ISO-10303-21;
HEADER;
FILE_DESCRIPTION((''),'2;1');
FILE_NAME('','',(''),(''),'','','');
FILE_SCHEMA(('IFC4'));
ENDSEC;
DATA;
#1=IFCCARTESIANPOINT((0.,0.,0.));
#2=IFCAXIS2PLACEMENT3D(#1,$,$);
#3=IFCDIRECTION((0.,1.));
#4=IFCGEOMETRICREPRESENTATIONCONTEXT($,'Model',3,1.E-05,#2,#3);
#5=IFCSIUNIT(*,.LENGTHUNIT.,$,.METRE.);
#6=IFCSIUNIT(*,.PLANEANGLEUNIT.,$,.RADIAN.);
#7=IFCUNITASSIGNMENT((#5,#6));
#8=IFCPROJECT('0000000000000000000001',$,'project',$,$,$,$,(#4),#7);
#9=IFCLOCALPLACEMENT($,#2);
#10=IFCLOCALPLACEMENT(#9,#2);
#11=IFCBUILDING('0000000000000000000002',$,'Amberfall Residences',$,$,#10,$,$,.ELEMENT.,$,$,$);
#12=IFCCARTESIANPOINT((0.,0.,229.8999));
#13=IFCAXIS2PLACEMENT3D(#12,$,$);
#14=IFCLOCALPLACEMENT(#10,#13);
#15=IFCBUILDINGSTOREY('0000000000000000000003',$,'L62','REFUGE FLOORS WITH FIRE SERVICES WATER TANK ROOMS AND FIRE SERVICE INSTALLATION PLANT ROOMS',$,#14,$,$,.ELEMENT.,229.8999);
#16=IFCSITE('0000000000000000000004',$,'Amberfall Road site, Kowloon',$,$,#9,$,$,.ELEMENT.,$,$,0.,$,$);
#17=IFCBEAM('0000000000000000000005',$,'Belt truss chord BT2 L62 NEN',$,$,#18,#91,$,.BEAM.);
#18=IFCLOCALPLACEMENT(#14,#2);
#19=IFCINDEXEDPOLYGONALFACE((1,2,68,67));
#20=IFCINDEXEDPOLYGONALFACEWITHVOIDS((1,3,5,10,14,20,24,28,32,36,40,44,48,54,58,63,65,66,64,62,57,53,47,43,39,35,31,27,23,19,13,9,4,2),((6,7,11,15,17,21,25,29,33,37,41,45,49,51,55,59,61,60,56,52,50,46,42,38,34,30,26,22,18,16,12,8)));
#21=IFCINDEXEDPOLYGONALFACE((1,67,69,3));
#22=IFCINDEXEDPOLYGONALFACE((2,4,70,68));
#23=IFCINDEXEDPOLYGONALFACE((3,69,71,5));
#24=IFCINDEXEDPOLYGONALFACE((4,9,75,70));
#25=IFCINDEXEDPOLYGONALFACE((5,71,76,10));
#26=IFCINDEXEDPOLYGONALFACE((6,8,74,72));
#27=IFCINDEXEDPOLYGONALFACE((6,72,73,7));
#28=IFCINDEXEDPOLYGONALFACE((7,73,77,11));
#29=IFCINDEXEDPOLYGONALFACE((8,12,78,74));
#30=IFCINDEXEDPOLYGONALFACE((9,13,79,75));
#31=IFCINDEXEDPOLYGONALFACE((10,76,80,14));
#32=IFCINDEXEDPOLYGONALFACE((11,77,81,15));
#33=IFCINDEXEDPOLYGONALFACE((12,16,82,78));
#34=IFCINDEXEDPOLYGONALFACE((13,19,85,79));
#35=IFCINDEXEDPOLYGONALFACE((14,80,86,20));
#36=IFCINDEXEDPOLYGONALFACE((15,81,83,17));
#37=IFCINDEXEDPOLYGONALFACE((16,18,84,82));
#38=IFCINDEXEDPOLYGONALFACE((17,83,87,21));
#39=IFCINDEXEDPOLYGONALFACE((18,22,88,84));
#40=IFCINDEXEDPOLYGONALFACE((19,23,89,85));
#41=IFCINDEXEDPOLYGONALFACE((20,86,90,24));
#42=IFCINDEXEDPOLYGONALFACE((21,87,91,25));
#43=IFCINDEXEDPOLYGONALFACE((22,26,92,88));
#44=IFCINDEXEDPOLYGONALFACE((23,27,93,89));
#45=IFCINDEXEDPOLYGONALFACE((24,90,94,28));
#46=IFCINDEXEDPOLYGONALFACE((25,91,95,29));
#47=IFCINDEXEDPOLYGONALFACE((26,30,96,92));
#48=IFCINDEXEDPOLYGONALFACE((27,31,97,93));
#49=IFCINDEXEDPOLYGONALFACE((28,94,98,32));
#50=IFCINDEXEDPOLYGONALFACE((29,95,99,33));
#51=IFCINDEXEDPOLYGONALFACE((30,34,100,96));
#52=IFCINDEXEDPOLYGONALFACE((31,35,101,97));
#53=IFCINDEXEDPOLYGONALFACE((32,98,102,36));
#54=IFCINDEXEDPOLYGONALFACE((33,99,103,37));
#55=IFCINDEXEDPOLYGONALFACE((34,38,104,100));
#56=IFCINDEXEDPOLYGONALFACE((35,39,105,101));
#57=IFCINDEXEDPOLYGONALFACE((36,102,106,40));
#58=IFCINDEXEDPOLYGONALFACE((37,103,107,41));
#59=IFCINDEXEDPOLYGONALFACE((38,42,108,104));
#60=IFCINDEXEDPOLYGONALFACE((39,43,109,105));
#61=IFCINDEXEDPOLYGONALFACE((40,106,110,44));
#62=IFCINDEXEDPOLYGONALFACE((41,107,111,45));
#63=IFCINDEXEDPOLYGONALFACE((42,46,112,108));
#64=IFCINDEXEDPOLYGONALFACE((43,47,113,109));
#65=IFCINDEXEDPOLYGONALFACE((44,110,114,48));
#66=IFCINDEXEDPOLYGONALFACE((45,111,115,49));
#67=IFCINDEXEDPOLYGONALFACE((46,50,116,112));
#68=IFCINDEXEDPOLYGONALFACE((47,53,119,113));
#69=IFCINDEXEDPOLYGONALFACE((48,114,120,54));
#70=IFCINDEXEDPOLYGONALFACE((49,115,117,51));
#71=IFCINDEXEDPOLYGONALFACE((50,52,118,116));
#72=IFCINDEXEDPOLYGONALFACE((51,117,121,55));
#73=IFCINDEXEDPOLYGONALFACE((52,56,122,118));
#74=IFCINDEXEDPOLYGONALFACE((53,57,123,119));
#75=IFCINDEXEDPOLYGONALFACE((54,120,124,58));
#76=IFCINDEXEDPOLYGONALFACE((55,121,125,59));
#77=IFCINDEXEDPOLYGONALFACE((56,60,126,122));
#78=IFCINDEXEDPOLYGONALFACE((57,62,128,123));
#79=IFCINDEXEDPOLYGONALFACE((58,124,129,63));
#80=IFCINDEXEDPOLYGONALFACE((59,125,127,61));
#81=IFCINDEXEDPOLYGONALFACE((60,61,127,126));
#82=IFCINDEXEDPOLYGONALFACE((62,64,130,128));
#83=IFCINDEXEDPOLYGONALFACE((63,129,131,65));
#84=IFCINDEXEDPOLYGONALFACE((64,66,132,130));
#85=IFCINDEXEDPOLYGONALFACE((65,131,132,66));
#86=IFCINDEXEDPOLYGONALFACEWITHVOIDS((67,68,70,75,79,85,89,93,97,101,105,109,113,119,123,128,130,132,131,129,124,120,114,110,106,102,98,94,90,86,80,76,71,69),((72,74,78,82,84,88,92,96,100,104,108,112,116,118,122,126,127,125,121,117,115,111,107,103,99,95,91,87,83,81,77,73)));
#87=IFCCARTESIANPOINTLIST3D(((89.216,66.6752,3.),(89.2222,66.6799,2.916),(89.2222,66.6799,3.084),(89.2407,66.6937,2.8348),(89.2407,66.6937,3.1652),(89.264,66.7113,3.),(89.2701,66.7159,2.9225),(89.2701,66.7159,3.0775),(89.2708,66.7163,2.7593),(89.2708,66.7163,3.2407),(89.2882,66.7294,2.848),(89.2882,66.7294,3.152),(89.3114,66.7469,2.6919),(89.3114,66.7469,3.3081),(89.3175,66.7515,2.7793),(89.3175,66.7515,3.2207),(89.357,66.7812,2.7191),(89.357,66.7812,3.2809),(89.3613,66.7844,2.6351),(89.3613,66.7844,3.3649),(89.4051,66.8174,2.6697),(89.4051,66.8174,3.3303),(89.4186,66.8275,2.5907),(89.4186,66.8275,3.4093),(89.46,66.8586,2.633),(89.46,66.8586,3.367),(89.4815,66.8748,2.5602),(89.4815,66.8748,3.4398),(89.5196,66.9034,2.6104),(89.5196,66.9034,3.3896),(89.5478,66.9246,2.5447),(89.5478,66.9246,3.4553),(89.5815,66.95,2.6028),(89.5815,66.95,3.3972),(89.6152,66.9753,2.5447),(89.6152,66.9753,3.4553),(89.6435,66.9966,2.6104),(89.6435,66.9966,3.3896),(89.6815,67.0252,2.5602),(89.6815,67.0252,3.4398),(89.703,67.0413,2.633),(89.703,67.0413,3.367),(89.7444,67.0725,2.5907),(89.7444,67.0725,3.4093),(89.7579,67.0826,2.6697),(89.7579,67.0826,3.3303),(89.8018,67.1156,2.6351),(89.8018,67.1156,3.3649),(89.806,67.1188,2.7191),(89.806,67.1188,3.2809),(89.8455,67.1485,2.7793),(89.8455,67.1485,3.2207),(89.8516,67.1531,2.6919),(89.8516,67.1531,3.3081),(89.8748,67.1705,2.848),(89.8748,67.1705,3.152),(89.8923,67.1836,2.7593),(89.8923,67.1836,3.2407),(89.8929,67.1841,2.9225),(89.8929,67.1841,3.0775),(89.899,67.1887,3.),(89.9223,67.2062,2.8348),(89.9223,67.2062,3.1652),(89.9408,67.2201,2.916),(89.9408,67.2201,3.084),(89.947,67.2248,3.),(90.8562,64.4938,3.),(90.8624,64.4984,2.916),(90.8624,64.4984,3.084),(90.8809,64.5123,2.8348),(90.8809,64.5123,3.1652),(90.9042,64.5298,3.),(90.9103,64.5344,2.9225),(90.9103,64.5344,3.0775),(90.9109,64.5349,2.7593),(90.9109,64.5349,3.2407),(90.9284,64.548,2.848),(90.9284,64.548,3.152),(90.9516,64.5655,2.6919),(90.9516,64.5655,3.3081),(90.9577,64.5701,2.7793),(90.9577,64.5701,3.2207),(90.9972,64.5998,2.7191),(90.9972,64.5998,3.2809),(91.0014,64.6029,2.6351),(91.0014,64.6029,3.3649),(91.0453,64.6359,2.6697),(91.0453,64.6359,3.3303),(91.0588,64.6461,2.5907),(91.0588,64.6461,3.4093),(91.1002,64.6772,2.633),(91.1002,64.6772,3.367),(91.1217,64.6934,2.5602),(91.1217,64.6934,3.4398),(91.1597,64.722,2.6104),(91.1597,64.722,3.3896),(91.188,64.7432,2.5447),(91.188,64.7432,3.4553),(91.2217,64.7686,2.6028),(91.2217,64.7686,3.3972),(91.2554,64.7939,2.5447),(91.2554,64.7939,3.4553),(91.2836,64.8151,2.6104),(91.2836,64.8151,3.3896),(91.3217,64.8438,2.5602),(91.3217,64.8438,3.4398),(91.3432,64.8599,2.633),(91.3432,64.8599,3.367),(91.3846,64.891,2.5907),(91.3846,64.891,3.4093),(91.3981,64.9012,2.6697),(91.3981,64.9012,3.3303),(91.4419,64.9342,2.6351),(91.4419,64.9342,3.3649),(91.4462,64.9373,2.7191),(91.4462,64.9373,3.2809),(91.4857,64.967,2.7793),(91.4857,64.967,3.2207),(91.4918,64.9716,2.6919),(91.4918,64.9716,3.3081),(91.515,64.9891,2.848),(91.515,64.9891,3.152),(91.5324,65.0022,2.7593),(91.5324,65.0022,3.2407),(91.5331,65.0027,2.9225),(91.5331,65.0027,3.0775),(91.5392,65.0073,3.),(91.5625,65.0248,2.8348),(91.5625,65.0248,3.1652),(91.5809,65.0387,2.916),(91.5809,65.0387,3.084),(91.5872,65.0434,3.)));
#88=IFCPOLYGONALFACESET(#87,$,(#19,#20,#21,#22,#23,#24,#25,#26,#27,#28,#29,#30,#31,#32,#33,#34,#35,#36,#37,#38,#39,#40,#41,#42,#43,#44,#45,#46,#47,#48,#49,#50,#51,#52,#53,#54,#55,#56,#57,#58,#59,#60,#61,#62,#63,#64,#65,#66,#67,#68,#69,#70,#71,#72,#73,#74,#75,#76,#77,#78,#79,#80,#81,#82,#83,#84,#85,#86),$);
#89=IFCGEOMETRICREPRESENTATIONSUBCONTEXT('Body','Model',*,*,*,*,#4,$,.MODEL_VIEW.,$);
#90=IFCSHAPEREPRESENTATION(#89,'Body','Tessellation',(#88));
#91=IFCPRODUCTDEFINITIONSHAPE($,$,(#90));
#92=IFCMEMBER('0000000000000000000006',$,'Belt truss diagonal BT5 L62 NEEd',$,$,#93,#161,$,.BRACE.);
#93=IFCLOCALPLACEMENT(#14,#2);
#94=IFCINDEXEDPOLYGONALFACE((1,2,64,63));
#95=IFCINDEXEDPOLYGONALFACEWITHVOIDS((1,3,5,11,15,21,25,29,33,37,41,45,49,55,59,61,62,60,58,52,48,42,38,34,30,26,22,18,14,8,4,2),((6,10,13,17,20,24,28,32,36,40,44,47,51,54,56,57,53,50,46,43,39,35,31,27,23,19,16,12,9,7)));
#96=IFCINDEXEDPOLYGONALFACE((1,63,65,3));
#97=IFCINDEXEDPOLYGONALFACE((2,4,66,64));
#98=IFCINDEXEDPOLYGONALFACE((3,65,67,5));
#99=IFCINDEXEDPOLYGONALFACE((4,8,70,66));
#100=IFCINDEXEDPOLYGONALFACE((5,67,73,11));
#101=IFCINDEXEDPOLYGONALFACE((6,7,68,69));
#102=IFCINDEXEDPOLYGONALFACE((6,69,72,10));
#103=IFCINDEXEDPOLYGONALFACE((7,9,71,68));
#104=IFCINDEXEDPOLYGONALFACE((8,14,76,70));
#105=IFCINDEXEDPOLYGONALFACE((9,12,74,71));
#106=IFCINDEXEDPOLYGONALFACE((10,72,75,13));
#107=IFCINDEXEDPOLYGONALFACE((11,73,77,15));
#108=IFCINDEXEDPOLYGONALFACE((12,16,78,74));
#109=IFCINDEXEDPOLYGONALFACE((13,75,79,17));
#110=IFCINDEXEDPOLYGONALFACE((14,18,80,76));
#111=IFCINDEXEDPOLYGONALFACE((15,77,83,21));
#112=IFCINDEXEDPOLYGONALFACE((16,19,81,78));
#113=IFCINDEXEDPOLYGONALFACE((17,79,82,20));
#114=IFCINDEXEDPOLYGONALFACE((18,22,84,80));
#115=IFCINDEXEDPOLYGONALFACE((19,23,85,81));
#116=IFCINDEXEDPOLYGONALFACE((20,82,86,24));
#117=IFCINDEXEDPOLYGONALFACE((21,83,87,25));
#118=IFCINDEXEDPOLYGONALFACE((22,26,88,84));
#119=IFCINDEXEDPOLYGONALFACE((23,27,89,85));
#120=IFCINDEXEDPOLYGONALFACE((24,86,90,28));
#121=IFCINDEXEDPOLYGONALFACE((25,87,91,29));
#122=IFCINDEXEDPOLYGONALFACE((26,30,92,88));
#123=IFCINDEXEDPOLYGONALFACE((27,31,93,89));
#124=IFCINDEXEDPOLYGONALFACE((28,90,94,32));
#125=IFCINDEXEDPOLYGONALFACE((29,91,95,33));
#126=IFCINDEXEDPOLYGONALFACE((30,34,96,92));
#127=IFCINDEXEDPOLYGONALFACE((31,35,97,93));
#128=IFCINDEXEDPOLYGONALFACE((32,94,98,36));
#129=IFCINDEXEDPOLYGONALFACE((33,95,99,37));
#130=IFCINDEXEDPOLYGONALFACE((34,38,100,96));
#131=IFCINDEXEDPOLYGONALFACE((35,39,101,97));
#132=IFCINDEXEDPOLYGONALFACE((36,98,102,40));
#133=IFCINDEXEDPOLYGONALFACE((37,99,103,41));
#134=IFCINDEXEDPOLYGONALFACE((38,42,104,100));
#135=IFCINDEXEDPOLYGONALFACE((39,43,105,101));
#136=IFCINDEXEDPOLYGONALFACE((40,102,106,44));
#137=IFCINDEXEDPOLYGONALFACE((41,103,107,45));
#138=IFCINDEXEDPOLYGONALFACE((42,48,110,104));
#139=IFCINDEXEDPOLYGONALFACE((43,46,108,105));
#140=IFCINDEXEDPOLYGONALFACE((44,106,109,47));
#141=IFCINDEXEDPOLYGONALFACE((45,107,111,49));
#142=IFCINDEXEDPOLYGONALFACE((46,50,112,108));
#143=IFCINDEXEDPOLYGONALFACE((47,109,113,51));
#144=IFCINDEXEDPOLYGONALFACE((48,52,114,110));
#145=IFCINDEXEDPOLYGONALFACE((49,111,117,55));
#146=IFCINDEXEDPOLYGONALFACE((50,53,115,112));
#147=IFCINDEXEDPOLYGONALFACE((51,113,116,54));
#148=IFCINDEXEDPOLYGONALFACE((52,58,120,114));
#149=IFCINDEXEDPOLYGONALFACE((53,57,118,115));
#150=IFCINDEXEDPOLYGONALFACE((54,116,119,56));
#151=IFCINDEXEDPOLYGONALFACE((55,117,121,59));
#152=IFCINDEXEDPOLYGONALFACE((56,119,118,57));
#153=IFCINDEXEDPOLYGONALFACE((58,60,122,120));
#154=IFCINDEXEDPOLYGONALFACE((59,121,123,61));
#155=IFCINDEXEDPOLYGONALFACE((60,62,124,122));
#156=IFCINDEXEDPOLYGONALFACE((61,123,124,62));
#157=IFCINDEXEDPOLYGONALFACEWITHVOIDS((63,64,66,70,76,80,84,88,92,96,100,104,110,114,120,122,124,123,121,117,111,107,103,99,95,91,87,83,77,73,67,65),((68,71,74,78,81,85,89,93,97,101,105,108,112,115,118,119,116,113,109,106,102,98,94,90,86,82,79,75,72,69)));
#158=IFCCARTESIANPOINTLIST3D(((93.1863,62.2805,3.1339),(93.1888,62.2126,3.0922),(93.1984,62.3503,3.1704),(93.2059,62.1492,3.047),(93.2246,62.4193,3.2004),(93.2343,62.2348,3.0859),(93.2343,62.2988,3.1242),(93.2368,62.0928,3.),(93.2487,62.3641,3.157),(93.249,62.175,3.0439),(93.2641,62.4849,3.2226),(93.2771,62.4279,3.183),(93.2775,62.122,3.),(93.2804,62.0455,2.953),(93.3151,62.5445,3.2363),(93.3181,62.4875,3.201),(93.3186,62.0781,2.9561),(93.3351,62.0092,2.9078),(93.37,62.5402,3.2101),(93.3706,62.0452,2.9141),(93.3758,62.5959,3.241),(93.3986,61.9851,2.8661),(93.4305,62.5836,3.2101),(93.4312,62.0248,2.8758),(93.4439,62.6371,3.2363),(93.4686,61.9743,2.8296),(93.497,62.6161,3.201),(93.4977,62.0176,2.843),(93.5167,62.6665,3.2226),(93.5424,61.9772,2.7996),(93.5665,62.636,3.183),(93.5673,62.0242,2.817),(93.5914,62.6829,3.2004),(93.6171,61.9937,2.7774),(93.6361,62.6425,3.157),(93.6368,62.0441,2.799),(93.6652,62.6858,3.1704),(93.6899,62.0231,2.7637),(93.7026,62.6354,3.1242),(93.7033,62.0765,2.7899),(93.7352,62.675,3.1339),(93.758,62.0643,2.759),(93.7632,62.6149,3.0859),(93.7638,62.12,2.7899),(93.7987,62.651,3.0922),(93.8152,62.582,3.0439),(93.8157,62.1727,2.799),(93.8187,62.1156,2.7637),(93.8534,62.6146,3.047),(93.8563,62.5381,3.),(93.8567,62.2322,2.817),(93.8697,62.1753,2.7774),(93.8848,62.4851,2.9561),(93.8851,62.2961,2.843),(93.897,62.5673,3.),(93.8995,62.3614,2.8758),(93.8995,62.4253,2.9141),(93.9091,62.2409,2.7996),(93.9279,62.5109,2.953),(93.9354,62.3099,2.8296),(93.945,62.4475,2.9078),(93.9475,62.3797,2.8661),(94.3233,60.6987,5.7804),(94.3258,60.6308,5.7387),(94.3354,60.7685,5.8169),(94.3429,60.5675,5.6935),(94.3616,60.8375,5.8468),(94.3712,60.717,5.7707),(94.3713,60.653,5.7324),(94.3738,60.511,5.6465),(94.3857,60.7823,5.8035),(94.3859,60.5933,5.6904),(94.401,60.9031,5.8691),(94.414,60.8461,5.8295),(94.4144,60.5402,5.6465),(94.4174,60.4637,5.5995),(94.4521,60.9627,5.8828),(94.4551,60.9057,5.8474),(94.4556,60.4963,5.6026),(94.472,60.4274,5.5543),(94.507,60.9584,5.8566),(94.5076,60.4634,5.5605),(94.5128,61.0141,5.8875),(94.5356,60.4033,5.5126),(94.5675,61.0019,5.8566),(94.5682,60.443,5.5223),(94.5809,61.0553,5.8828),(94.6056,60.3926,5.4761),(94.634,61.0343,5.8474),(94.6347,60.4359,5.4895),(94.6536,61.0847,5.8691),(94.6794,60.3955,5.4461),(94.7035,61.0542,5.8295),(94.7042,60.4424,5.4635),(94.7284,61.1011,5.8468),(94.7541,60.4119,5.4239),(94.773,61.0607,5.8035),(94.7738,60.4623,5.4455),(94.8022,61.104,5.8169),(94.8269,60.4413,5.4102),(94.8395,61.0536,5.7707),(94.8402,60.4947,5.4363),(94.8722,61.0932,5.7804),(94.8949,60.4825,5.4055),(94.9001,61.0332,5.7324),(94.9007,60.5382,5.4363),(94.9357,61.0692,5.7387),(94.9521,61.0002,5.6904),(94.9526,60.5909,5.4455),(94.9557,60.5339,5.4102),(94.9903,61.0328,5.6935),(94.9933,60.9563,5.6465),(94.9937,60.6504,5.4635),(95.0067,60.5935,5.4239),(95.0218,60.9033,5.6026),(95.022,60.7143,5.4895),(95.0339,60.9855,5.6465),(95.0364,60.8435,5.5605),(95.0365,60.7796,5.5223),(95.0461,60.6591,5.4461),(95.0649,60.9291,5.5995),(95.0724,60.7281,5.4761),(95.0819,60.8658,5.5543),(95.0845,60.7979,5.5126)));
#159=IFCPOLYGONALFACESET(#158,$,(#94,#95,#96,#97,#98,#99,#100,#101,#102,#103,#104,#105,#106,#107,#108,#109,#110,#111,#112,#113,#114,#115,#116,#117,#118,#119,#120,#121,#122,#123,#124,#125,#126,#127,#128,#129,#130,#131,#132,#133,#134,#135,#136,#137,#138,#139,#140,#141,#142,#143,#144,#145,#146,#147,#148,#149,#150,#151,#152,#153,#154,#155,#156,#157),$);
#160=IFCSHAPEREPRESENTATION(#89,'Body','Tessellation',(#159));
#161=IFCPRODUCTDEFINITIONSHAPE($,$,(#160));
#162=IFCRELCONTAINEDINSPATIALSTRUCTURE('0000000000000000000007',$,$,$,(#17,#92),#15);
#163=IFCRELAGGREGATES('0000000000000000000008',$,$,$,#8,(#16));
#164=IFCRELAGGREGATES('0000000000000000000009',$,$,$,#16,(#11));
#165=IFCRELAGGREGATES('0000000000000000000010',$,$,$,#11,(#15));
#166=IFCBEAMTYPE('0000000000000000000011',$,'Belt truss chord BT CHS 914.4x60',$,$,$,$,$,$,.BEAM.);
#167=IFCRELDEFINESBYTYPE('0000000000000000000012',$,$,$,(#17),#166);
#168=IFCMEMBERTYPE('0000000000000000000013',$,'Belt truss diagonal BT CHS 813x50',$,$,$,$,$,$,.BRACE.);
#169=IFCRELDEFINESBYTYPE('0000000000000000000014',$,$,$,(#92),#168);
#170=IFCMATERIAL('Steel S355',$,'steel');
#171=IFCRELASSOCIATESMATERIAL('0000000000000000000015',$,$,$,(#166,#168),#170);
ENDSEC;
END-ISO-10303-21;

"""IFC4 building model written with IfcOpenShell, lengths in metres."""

from ifc_helpers import new_model, si_unit, direction, frame, origin, origin_2d, place, context, subcontext, project, spatial, hollow_circle, extrude, material, material_profile, profile_set, type_object, element, save


model = new_model("IFC4")

# Units and contexts
model_context = context("Model", 3, precision=1e-05, world=origin(), true_north=direction((0.0, 1.0)))
body_context = subcontext(model_context, "Body", "Model", "MODEL_VIEW")
ifc_project = project(units=[si_unit("LENGTHUNIT", "METRE"), si_unit("PLANEANGLEUNIT", "RADIAN")], contexts=[model_context])

# Site, building, storey
site_placement = place(None, origin())
site = spatial("IfcSite", under=ifc_project, at=site_placement, Name="Amberfall Road site, Kowloon", CompositionType="ELEMENT", RefElevation=0.0)
building_placement = place(site_placement, origin())
building = spatial("IfcBuilding", under=site, at=building_placement, Name="Amberfall Residences", CompositionType="ELEMENT")
storey_placement = place(building_placement, frame((0.0, 0.0, 229.8999)))
storey = spatial("IfcBuildingStorey", under=building, at=storey_placement, Name="L62", Description="REFUGE FLOORS WITH FIRE SERVICES WATER TANK ROOMS AND FIRE SERVICE INSTALLATION PLANT ROOMS", CompositionType="ELEMENT", Elevation=229.8999)

# Beam
ifc_material_1 = material(Name="Steel S355", Category="steel")
ifc_material_profile_1 = material_profile(ifc_material_1, hollow_circle(Radius=0.4573, WallThickness=0.0601, at=origin_2d()), Name="CHS 914.4x60")
ifc_profile_set_1 = profile_set([ifc_material_profile_1], Name="Steel S355")
beam_type_1 = type_object("IfcBeamType", Name="Belt truss chord BT CHS 914.4x60", PredefinedType="BEAM", material=ifc_profile_set_1)
beam_1_placement = place(storey_placement, frame((91.2217, 64.7686, 3.0), z_axis=(-0.600959, 0.79928, 0.0), x_axis=(-0.79928, -0.600959, 0.0)))
element("IfcBeam", 1, at=beam_1_placement, inside=storey, type_object=beam_type_1, Name="Belt truss chord BT2 L62 NEN", PredefinedType="BEAM", context=body_context, shape_type="SweptSolid", body=[
    extrude(hollow_circle(Radius=0.4573, WallThickness=0.0601, at=origin_2d()), origin(), (0.0, 0.0, 1.0), 2.7292),
])

# Member
ifc_material_profile_2 = material_profile(ifc_material_1, hollow_circle(Radius=0.4065, WallThickness=0.05, at=origin_2d()), Name="CHS 813x50")
ifc_profile_set_2 = profile_set([ifc_material_profile_2], Name="Steel S355")
member_type = type_object("IfcMemberType", Name="Belt truss diagonal BT CHS 813x50", PredefinedType="BRACE", material=ifc_profile_set_2)
member_1_placement = place(storey_placement, frame((93.5669, 62.3301, 3.0), z_axis=(0.345989, -0.481353, 0.805351), x_axis=(0.812002, 0.583654, 0.0)))
element("IfcMember", 2, at=member_1_placement, inside=storey, type_object=member_type, Name="Belt truss diagonal BT5 L62 NEEd", PredefinedType="BRACE", context=body_context, shape_type="SweptSolid", body=[
    extrude(hollow_circle(Radius=0.4065, WallThickness=0.05, at=origin_2d()), origin(), (0.0, 0.0, 1.0), 3.2861),
])

save(model, "model.ifc")
